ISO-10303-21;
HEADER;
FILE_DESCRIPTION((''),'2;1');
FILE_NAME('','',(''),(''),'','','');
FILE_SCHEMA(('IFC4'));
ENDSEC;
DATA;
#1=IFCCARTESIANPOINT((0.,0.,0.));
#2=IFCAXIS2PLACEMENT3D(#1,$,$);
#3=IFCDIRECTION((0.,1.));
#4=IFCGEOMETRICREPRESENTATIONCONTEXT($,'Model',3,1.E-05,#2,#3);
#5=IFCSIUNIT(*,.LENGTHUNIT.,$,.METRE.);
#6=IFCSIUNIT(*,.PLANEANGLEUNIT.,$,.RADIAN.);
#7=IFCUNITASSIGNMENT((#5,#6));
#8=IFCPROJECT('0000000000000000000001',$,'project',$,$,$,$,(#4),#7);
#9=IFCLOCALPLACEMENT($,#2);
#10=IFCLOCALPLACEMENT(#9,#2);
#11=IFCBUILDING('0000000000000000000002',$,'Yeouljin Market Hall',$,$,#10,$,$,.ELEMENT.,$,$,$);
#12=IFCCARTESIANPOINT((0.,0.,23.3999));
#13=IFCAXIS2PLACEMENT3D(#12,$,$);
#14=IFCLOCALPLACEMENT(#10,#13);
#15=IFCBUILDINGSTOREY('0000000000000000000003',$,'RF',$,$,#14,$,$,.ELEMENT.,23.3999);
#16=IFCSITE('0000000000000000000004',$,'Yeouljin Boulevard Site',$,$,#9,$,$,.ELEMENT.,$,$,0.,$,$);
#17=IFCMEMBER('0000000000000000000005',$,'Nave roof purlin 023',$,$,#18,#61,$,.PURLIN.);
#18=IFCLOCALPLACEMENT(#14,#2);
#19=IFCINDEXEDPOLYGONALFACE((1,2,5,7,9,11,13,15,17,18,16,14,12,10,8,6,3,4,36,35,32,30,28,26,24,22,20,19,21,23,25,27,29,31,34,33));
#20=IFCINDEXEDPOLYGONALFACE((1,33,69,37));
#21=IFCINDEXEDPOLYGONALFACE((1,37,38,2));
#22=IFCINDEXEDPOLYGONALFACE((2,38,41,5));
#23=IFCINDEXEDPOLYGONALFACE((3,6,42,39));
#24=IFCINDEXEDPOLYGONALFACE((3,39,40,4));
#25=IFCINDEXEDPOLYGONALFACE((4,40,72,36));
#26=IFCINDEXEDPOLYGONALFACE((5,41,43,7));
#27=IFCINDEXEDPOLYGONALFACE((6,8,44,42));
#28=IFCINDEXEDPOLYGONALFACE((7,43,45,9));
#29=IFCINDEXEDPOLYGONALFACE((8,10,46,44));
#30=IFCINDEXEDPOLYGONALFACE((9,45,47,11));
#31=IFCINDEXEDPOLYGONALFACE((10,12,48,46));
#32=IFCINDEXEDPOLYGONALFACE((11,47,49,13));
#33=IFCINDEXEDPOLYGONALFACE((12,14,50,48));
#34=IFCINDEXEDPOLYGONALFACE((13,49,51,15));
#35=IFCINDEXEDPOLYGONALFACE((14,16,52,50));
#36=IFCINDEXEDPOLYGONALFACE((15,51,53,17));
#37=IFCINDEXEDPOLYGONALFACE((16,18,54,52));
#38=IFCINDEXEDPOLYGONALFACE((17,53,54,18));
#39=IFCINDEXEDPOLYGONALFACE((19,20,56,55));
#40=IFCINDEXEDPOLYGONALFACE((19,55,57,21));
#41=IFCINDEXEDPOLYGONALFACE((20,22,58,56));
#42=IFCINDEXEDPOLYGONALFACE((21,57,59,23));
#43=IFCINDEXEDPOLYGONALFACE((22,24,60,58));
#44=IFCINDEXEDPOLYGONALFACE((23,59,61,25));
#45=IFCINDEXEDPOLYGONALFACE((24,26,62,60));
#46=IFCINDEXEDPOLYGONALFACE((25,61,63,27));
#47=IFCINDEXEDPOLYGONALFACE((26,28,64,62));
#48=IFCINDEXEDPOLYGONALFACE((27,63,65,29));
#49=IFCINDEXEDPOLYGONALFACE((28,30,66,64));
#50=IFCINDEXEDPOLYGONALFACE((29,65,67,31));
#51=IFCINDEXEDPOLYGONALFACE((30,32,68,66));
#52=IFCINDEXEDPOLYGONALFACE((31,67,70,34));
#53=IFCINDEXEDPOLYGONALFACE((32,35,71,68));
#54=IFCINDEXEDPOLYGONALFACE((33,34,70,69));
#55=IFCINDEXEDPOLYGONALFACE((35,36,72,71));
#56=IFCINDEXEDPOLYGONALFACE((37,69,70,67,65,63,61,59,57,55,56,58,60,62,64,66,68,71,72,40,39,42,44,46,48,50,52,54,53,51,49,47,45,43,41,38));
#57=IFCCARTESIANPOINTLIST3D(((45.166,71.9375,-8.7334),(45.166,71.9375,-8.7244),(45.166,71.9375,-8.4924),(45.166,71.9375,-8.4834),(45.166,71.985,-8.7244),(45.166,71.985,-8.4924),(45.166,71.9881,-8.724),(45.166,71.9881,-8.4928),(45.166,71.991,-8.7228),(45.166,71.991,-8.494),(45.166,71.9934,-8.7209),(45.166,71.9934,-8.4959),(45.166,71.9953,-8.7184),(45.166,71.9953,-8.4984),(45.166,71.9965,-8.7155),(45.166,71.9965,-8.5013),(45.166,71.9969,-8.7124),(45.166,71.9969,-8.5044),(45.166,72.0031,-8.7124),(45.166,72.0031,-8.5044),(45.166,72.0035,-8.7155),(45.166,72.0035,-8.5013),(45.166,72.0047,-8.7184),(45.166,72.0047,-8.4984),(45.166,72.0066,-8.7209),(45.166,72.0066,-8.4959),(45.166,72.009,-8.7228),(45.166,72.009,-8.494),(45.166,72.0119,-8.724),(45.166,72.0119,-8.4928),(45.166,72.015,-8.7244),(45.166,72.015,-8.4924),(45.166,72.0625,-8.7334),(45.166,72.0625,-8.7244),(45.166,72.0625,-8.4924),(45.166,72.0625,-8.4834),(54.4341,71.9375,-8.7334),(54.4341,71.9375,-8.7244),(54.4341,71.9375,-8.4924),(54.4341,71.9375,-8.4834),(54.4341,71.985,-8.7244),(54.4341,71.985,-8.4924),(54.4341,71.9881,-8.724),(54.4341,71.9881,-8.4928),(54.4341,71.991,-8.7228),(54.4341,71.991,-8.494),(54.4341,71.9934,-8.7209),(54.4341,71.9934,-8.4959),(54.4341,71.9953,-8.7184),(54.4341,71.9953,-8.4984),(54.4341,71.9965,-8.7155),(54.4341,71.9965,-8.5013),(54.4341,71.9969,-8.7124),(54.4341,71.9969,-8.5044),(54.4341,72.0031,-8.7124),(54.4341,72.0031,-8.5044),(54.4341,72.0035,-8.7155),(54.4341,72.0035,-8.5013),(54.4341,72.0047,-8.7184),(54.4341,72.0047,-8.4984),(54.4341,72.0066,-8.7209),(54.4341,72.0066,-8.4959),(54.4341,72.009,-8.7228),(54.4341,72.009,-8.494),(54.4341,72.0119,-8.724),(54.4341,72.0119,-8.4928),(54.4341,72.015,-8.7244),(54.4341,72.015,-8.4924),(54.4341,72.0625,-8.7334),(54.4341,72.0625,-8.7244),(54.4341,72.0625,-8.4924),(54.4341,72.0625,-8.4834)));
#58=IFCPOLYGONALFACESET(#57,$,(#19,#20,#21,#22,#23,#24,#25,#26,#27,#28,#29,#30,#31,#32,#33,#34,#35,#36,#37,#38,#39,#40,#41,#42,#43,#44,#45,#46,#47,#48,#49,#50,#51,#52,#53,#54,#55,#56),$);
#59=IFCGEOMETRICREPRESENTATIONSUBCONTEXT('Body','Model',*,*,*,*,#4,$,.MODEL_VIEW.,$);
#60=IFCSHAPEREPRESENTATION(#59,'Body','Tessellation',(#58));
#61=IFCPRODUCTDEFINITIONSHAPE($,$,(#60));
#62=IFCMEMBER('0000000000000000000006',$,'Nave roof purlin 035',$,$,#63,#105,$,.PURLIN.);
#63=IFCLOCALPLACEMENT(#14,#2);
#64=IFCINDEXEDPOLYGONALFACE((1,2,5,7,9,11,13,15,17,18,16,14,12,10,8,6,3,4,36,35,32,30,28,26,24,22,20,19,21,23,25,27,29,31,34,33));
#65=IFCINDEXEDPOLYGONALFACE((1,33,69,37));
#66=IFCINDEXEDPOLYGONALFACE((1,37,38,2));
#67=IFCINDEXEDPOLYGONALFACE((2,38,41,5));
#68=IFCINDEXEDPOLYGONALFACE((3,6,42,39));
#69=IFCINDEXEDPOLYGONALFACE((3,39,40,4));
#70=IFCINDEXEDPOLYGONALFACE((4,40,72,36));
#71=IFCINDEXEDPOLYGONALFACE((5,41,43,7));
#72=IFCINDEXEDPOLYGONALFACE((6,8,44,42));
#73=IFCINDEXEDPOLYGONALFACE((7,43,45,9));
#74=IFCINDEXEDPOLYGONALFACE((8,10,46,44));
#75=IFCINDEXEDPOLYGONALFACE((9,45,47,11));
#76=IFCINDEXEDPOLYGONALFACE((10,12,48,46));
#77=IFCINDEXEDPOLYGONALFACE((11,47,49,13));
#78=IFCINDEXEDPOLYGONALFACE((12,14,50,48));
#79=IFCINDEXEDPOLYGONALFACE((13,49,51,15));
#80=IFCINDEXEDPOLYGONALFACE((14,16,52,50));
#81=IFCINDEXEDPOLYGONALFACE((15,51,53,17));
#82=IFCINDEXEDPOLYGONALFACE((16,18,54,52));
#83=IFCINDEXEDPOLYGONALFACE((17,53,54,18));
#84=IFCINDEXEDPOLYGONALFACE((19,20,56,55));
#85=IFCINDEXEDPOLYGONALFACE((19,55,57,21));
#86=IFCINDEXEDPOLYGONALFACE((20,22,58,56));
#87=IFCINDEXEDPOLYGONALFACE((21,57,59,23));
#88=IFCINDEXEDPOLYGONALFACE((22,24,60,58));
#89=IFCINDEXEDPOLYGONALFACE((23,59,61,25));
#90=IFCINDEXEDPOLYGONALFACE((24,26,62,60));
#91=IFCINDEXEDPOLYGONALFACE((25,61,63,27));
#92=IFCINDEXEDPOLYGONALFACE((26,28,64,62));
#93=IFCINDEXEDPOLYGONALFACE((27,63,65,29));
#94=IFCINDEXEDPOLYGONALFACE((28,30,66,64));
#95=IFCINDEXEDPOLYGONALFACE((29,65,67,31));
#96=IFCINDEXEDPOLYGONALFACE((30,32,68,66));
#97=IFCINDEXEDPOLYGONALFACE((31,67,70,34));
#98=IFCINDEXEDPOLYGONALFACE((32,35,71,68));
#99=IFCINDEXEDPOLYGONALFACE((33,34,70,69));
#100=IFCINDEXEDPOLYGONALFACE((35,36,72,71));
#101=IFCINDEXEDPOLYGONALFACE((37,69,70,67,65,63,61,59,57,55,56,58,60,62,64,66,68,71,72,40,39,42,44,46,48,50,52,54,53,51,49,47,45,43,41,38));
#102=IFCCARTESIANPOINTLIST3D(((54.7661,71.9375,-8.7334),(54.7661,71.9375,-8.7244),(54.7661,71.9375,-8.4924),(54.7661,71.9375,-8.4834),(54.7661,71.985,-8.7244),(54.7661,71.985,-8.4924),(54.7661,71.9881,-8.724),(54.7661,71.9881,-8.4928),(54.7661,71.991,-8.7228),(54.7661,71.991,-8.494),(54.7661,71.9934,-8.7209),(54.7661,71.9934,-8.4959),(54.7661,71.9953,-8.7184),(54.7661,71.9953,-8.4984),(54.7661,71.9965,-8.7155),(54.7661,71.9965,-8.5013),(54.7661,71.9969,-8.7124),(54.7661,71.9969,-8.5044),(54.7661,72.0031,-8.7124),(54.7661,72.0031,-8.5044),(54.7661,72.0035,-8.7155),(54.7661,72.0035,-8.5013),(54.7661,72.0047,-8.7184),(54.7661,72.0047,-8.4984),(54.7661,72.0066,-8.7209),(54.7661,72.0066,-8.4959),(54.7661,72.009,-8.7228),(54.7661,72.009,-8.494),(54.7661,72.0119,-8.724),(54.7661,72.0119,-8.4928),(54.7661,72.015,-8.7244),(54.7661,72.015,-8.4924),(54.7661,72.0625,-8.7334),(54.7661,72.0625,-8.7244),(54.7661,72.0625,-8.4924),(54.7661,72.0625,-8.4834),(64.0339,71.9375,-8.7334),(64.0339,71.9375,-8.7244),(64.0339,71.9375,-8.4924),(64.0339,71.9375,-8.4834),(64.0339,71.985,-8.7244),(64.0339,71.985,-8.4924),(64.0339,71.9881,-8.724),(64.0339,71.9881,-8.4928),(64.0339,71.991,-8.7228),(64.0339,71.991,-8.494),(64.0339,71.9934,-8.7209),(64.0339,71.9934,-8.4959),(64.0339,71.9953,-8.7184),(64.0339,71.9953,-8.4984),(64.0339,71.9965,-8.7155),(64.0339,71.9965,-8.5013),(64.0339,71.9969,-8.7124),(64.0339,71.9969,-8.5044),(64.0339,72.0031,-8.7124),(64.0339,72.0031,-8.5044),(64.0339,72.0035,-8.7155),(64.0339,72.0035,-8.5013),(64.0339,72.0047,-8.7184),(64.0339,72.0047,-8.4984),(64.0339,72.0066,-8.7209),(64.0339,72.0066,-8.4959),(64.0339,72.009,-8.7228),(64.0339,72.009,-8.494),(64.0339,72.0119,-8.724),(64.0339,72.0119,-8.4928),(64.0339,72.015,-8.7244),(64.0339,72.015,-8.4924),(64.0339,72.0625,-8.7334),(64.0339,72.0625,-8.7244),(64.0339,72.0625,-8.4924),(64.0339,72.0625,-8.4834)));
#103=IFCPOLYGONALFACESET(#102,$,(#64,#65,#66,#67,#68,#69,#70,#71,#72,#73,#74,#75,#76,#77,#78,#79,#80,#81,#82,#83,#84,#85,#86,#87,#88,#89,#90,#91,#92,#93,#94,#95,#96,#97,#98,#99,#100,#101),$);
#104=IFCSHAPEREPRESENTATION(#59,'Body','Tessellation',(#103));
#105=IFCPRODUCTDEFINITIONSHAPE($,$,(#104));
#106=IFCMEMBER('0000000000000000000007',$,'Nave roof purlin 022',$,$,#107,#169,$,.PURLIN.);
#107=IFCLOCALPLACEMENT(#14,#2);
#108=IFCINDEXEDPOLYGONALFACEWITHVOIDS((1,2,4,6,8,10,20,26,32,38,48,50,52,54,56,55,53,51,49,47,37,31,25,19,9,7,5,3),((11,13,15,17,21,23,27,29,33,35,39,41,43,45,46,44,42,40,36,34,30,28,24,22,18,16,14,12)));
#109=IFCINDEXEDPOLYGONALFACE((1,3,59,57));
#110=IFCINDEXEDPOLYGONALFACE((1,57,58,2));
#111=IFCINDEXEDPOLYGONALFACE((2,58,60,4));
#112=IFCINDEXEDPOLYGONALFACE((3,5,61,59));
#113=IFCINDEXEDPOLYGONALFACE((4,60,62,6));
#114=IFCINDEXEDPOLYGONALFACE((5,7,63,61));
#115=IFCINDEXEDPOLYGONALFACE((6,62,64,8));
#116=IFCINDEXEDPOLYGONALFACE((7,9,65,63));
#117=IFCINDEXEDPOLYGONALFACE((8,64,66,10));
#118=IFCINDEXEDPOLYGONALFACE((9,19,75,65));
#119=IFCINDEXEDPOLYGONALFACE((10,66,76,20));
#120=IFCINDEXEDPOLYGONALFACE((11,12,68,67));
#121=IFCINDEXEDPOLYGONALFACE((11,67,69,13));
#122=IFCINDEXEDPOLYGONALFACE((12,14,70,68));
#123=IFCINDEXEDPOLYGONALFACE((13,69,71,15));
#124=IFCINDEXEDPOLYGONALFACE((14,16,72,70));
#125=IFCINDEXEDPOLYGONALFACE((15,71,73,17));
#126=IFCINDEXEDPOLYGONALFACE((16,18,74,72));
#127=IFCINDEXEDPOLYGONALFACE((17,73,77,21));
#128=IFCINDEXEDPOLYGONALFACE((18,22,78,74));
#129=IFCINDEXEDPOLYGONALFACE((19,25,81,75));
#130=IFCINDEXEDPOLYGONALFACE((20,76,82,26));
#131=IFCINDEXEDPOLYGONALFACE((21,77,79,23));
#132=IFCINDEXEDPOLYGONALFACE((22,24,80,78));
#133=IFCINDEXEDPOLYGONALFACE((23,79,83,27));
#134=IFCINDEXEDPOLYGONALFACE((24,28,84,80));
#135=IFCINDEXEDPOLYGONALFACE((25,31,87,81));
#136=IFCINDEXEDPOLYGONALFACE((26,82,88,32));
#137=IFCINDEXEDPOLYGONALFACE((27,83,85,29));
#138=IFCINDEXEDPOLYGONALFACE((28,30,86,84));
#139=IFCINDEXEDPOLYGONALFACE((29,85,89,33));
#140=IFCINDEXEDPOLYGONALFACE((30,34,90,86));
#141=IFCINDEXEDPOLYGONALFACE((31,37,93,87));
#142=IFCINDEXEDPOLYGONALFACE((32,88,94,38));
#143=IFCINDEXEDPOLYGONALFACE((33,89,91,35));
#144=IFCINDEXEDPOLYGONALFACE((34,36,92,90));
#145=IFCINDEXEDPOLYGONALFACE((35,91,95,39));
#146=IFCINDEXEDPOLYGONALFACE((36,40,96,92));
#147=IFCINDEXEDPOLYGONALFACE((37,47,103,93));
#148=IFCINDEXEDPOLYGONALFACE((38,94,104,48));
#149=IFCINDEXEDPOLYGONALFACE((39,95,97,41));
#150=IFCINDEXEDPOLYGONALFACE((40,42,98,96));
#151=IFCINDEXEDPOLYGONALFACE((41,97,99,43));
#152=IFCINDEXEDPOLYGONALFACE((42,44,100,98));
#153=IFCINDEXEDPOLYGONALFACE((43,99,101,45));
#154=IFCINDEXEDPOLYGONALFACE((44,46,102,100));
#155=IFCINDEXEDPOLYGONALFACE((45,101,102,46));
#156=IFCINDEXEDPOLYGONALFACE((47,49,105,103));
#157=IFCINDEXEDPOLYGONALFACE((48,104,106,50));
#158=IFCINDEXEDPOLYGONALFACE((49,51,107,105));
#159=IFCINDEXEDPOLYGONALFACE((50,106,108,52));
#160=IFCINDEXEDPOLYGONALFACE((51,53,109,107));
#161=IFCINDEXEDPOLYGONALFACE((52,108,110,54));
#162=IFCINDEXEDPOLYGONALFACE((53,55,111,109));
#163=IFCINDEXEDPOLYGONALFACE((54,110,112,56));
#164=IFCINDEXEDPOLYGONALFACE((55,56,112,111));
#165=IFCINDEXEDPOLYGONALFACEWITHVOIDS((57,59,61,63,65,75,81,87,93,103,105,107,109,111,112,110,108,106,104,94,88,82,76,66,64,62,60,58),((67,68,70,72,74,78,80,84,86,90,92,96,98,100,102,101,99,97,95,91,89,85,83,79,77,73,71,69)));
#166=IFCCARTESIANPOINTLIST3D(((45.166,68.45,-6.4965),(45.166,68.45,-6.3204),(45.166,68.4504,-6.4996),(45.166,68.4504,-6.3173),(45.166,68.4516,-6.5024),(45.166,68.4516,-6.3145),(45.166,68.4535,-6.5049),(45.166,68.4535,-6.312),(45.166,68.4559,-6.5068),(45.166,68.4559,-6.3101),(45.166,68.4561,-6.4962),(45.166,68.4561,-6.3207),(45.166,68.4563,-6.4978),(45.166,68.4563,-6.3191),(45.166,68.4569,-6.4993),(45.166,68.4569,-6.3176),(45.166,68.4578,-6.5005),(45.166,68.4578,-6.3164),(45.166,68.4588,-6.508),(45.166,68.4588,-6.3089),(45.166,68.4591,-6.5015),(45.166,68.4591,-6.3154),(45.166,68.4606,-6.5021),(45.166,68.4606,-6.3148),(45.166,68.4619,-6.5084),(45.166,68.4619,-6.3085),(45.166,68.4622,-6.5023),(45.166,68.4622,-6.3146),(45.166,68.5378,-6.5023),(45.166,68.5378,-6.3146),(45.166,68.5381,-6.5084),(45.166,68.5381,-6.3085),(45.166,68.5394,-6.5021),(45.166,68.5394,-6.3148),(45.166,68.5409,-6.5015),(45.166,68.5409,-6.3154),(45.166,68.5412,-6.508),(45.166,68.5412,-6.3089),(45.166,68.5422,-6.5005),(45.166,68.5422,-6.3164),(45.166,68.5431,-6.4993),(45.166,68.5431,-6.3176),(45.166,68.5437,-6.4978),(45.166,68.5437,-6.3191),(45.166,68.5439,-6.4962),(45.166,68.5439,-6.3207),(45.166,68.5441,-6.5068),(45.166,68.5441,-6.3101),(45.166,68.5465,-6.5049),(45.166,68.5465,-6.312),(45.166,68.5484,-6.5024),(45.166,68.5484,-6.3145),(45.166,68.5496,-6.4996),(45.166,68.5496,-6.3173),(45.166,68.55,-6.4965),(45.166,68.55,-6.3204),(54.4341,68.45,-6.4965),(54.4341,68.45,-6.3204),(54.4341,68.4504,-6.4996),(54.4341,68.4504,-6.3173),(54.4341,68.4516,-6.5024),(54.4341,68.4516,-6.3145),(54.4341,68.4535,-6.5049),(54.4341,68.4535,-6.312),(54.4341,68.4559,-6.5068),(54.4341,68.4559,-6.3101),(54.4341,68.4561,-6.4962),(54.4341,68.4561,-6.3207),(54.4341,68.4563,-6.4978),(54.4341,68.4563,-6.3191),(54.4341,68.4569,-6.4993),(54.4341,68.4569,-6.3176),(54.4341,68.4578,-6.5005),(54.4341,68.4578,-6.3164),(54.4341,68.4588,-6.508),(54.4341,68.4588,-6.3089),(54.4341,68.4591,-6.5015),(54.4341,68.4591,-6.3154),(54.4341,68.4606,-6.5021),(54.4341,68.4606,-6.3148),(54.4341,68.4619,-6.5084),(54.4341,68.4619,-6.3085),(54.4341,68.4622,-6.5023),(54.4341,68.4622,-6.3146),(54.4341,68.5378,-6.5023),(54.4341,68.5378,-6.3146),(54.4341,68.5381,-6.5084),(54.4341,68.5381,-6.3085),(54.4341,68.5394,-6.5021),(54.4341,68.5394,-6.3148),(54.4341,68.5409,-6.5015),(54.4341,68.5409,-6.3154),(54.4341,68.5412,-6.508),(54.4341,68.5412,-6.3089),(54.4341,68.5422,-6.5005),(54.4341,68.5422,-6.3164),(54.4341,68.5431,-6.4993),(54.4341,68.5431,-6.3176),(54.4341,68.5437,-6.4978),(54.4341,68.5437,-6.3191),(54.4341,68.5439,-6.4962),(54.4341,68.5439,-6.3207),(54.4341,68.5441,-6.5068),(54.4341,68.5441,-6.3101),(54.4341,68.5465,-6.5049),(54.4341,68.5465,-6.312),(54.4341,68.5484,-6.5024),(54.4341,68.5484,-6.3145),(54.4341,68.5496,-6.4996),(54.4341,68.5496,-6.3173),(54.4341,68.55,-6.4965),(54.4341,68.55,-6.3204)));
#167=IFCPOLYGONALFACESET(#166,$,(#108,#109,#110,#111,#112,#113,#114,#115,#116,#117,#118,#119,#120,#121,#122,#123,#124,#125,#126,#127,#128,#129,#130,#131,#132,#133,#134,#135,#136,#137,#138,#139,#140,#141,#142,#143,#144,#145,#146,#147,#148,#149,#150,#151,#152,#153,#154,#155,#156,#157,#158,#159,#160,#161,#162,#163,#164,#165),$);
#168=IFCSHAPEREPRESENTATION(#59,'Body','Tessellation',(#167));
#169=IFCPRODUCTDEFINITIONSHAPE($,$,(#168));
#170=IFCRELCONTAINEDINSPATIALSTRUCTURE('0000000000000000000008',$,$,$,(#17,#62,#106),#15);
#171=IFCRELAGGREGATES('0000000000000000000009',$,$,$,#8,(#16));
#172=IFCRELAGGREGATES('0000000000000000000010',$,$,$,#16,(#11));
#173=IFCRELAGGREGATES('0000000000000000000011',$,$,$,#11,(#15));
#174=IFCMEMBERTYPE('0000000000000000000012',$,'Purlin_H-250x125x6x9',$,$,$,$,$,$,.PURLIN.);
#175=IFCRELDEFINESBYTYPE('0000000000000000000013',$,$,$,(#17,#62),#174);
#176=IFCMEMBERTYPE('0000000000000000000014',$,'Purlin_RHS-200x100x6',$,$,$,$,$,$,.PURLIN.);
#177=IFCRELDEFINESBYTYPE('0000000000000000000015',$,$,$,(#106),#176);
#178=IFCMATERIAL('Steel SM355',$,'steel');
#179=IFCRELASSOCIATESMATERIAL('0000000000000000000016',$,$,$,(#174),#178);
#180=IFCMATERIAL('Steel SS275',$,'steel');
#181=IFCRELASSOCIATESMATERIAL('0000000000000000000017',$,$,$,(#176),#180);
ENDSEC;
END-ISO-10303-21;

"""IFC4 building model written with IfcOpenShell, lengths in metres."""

from ifc_helpers import new_model, si_unit, direction, frame, origin, origin_2d, place, context, subcontext, project, spatial, hollow_rectangle, i_section, extrude, material, material_profile, profile_set, type_object, element, save


model = new_model("IFC4")

# Units and contexts
model_context = context("Model", 3, precision=1e-05, world=origin(), true_north=direction((0.0, 1.0)))
body_context = subcontext(model_context, "Body", "Model", "MODEL_VIEW")
ifc_project = project(units=[si_unit("LENGTHUNIT", "METRE"), si_unit("PLANEANGLEUNIT", "RADIAN")], contexts=[model_context])

# Site, building, storey
site_placement = place(None, origin())
site = spatial("IfcSite", under=ifc_project, at=site_placement, Name="Yeouljin Boulevard Site", CompositionType="ELEMENT", RefElevation=0.0)
building_placement = place(site_placement, origin())
building = spatial("IfcBuilding", under=site, at=building_placement, Name="Yeouljin Market Hall", CompositionType="ELEMENT")
storey_placement = place(building_placement, frame((0.0, 0.0, 23.3999)))
storey = spatial("IfcBuildingStorey", under=building, at=storey_placement, Name="RF", CompositionType="ELEMENT", Elevation=23.3999)

# Members
ifc_material_1 = material(Name="Steel SM355", Category="steel")
ifc_material_profile_1 = material_profile(ifc_material_1, i_section(OverallWidth=0.125, OverallDepth=0.25, WebThickness=0.0061, FlangeThickness=0.009, FilletRadius=0.012, at=origin_2d()), Name="H-250x125x6x9")
ifc_profile_set_1 = profile_set([ifc_material_profile_1], Name="Steel SM355")
member_type_1 = type_object("IfcMemberType", Name="Purlin_H-250x125x6x9", PredefinedType="PURLIN", material=ifc_profile_set_1)
member_1_placement = place(storey_placement, frame((45.166, 72.0, -8.6084), z_axis=(1.0, 0.0, 0.0), x_axis=(0.0, 1.0, 0.0)))
element("IfcMember", 1, at=member_1_placement, inside=storey, type_object=member_type_1, Name="Nave roof purlin 023", PredefinedType="PURLIN", context=body_context, shape_type="SweptSolid", body=[
    extrude(i_section(OverallWidth=0.125, OverallDepth=0.25, WebThickness=0.0061, FlangeThickness=0.009, FilletRadius=0.012, at=origin_2d()), origin(), (0.0, 0.0, 1.0), 9.2681),
])
member_2_placement = place(storey_placement, frame((54.7661, 72.0, -8.6084), z_axis=(1.0, 0.0, 0.0), x_axis=(0.0, 1.0, 0.0)))
element("IfcMember", 2, at=member_2_placement, inside=storey, type_object=member_type_1, Name="Nave roof purlin 035", PredefinedType="PURLIN", context=body_context, shape_type="SweptSolid", body=[
    extrude(i_section(OverallWidth=0.125, OverallDepth=0.25, WebThickness=0.0061, FlangeThickness=0.009, FilletRadius=0.012, at=origin_2d()), origin(), (0.0, 0.0, 1.0), 9.2678),
])
ifc_material_2 = material(Name="Steel SS275", Category="steel")
ifc_material_profile_2 = material_profile(ifc_material_2, hollow_rectangle(XDim=0.1001, YDim=0.2, WallThickness=0.0061, InnerFilletRadius=0.0061, OuterFilletRadius=0.012, at=origin_2d()), Name="RHS-200x100x6")
ifc_profile_set_2 = profile_set([ifc_material_profile_2], Name="Steel SS275")
member_type_2 = type_object("IfcMemberType", Name="Purlin_RHS-200x100x6", PredefinedType="PURLIN", material=ifc_profile_set_2)
for number, where, z_axis, x_axis, name in (
    (3, (45.166, 68.5, -6.4084), (1.0, 0.0, 0.0), (0.0, 1.0, 0.0), "Nave roof purlin 022"),
):
    element("IfcMember", number, at=place(storey_placement, frame(where, z_axis=z_axis, x_axis=x_axis)), inside=storey, type_object=member_type_2, Name=name, PredefinedType="PURLIN", context=body_context, shape_type="SweptSolid", body=[
        extrude(hollow_rectangle(XDim=0.1001, YDim=0.2, WallThickness=0.0061, InnerFilletRadius=0.0061, OuterFilletRadius=0.012, at=origin_2d()), origin(), (0.0, 0.0, 1.0), 9.2681),
    ])

save(model, "model.ifc")
